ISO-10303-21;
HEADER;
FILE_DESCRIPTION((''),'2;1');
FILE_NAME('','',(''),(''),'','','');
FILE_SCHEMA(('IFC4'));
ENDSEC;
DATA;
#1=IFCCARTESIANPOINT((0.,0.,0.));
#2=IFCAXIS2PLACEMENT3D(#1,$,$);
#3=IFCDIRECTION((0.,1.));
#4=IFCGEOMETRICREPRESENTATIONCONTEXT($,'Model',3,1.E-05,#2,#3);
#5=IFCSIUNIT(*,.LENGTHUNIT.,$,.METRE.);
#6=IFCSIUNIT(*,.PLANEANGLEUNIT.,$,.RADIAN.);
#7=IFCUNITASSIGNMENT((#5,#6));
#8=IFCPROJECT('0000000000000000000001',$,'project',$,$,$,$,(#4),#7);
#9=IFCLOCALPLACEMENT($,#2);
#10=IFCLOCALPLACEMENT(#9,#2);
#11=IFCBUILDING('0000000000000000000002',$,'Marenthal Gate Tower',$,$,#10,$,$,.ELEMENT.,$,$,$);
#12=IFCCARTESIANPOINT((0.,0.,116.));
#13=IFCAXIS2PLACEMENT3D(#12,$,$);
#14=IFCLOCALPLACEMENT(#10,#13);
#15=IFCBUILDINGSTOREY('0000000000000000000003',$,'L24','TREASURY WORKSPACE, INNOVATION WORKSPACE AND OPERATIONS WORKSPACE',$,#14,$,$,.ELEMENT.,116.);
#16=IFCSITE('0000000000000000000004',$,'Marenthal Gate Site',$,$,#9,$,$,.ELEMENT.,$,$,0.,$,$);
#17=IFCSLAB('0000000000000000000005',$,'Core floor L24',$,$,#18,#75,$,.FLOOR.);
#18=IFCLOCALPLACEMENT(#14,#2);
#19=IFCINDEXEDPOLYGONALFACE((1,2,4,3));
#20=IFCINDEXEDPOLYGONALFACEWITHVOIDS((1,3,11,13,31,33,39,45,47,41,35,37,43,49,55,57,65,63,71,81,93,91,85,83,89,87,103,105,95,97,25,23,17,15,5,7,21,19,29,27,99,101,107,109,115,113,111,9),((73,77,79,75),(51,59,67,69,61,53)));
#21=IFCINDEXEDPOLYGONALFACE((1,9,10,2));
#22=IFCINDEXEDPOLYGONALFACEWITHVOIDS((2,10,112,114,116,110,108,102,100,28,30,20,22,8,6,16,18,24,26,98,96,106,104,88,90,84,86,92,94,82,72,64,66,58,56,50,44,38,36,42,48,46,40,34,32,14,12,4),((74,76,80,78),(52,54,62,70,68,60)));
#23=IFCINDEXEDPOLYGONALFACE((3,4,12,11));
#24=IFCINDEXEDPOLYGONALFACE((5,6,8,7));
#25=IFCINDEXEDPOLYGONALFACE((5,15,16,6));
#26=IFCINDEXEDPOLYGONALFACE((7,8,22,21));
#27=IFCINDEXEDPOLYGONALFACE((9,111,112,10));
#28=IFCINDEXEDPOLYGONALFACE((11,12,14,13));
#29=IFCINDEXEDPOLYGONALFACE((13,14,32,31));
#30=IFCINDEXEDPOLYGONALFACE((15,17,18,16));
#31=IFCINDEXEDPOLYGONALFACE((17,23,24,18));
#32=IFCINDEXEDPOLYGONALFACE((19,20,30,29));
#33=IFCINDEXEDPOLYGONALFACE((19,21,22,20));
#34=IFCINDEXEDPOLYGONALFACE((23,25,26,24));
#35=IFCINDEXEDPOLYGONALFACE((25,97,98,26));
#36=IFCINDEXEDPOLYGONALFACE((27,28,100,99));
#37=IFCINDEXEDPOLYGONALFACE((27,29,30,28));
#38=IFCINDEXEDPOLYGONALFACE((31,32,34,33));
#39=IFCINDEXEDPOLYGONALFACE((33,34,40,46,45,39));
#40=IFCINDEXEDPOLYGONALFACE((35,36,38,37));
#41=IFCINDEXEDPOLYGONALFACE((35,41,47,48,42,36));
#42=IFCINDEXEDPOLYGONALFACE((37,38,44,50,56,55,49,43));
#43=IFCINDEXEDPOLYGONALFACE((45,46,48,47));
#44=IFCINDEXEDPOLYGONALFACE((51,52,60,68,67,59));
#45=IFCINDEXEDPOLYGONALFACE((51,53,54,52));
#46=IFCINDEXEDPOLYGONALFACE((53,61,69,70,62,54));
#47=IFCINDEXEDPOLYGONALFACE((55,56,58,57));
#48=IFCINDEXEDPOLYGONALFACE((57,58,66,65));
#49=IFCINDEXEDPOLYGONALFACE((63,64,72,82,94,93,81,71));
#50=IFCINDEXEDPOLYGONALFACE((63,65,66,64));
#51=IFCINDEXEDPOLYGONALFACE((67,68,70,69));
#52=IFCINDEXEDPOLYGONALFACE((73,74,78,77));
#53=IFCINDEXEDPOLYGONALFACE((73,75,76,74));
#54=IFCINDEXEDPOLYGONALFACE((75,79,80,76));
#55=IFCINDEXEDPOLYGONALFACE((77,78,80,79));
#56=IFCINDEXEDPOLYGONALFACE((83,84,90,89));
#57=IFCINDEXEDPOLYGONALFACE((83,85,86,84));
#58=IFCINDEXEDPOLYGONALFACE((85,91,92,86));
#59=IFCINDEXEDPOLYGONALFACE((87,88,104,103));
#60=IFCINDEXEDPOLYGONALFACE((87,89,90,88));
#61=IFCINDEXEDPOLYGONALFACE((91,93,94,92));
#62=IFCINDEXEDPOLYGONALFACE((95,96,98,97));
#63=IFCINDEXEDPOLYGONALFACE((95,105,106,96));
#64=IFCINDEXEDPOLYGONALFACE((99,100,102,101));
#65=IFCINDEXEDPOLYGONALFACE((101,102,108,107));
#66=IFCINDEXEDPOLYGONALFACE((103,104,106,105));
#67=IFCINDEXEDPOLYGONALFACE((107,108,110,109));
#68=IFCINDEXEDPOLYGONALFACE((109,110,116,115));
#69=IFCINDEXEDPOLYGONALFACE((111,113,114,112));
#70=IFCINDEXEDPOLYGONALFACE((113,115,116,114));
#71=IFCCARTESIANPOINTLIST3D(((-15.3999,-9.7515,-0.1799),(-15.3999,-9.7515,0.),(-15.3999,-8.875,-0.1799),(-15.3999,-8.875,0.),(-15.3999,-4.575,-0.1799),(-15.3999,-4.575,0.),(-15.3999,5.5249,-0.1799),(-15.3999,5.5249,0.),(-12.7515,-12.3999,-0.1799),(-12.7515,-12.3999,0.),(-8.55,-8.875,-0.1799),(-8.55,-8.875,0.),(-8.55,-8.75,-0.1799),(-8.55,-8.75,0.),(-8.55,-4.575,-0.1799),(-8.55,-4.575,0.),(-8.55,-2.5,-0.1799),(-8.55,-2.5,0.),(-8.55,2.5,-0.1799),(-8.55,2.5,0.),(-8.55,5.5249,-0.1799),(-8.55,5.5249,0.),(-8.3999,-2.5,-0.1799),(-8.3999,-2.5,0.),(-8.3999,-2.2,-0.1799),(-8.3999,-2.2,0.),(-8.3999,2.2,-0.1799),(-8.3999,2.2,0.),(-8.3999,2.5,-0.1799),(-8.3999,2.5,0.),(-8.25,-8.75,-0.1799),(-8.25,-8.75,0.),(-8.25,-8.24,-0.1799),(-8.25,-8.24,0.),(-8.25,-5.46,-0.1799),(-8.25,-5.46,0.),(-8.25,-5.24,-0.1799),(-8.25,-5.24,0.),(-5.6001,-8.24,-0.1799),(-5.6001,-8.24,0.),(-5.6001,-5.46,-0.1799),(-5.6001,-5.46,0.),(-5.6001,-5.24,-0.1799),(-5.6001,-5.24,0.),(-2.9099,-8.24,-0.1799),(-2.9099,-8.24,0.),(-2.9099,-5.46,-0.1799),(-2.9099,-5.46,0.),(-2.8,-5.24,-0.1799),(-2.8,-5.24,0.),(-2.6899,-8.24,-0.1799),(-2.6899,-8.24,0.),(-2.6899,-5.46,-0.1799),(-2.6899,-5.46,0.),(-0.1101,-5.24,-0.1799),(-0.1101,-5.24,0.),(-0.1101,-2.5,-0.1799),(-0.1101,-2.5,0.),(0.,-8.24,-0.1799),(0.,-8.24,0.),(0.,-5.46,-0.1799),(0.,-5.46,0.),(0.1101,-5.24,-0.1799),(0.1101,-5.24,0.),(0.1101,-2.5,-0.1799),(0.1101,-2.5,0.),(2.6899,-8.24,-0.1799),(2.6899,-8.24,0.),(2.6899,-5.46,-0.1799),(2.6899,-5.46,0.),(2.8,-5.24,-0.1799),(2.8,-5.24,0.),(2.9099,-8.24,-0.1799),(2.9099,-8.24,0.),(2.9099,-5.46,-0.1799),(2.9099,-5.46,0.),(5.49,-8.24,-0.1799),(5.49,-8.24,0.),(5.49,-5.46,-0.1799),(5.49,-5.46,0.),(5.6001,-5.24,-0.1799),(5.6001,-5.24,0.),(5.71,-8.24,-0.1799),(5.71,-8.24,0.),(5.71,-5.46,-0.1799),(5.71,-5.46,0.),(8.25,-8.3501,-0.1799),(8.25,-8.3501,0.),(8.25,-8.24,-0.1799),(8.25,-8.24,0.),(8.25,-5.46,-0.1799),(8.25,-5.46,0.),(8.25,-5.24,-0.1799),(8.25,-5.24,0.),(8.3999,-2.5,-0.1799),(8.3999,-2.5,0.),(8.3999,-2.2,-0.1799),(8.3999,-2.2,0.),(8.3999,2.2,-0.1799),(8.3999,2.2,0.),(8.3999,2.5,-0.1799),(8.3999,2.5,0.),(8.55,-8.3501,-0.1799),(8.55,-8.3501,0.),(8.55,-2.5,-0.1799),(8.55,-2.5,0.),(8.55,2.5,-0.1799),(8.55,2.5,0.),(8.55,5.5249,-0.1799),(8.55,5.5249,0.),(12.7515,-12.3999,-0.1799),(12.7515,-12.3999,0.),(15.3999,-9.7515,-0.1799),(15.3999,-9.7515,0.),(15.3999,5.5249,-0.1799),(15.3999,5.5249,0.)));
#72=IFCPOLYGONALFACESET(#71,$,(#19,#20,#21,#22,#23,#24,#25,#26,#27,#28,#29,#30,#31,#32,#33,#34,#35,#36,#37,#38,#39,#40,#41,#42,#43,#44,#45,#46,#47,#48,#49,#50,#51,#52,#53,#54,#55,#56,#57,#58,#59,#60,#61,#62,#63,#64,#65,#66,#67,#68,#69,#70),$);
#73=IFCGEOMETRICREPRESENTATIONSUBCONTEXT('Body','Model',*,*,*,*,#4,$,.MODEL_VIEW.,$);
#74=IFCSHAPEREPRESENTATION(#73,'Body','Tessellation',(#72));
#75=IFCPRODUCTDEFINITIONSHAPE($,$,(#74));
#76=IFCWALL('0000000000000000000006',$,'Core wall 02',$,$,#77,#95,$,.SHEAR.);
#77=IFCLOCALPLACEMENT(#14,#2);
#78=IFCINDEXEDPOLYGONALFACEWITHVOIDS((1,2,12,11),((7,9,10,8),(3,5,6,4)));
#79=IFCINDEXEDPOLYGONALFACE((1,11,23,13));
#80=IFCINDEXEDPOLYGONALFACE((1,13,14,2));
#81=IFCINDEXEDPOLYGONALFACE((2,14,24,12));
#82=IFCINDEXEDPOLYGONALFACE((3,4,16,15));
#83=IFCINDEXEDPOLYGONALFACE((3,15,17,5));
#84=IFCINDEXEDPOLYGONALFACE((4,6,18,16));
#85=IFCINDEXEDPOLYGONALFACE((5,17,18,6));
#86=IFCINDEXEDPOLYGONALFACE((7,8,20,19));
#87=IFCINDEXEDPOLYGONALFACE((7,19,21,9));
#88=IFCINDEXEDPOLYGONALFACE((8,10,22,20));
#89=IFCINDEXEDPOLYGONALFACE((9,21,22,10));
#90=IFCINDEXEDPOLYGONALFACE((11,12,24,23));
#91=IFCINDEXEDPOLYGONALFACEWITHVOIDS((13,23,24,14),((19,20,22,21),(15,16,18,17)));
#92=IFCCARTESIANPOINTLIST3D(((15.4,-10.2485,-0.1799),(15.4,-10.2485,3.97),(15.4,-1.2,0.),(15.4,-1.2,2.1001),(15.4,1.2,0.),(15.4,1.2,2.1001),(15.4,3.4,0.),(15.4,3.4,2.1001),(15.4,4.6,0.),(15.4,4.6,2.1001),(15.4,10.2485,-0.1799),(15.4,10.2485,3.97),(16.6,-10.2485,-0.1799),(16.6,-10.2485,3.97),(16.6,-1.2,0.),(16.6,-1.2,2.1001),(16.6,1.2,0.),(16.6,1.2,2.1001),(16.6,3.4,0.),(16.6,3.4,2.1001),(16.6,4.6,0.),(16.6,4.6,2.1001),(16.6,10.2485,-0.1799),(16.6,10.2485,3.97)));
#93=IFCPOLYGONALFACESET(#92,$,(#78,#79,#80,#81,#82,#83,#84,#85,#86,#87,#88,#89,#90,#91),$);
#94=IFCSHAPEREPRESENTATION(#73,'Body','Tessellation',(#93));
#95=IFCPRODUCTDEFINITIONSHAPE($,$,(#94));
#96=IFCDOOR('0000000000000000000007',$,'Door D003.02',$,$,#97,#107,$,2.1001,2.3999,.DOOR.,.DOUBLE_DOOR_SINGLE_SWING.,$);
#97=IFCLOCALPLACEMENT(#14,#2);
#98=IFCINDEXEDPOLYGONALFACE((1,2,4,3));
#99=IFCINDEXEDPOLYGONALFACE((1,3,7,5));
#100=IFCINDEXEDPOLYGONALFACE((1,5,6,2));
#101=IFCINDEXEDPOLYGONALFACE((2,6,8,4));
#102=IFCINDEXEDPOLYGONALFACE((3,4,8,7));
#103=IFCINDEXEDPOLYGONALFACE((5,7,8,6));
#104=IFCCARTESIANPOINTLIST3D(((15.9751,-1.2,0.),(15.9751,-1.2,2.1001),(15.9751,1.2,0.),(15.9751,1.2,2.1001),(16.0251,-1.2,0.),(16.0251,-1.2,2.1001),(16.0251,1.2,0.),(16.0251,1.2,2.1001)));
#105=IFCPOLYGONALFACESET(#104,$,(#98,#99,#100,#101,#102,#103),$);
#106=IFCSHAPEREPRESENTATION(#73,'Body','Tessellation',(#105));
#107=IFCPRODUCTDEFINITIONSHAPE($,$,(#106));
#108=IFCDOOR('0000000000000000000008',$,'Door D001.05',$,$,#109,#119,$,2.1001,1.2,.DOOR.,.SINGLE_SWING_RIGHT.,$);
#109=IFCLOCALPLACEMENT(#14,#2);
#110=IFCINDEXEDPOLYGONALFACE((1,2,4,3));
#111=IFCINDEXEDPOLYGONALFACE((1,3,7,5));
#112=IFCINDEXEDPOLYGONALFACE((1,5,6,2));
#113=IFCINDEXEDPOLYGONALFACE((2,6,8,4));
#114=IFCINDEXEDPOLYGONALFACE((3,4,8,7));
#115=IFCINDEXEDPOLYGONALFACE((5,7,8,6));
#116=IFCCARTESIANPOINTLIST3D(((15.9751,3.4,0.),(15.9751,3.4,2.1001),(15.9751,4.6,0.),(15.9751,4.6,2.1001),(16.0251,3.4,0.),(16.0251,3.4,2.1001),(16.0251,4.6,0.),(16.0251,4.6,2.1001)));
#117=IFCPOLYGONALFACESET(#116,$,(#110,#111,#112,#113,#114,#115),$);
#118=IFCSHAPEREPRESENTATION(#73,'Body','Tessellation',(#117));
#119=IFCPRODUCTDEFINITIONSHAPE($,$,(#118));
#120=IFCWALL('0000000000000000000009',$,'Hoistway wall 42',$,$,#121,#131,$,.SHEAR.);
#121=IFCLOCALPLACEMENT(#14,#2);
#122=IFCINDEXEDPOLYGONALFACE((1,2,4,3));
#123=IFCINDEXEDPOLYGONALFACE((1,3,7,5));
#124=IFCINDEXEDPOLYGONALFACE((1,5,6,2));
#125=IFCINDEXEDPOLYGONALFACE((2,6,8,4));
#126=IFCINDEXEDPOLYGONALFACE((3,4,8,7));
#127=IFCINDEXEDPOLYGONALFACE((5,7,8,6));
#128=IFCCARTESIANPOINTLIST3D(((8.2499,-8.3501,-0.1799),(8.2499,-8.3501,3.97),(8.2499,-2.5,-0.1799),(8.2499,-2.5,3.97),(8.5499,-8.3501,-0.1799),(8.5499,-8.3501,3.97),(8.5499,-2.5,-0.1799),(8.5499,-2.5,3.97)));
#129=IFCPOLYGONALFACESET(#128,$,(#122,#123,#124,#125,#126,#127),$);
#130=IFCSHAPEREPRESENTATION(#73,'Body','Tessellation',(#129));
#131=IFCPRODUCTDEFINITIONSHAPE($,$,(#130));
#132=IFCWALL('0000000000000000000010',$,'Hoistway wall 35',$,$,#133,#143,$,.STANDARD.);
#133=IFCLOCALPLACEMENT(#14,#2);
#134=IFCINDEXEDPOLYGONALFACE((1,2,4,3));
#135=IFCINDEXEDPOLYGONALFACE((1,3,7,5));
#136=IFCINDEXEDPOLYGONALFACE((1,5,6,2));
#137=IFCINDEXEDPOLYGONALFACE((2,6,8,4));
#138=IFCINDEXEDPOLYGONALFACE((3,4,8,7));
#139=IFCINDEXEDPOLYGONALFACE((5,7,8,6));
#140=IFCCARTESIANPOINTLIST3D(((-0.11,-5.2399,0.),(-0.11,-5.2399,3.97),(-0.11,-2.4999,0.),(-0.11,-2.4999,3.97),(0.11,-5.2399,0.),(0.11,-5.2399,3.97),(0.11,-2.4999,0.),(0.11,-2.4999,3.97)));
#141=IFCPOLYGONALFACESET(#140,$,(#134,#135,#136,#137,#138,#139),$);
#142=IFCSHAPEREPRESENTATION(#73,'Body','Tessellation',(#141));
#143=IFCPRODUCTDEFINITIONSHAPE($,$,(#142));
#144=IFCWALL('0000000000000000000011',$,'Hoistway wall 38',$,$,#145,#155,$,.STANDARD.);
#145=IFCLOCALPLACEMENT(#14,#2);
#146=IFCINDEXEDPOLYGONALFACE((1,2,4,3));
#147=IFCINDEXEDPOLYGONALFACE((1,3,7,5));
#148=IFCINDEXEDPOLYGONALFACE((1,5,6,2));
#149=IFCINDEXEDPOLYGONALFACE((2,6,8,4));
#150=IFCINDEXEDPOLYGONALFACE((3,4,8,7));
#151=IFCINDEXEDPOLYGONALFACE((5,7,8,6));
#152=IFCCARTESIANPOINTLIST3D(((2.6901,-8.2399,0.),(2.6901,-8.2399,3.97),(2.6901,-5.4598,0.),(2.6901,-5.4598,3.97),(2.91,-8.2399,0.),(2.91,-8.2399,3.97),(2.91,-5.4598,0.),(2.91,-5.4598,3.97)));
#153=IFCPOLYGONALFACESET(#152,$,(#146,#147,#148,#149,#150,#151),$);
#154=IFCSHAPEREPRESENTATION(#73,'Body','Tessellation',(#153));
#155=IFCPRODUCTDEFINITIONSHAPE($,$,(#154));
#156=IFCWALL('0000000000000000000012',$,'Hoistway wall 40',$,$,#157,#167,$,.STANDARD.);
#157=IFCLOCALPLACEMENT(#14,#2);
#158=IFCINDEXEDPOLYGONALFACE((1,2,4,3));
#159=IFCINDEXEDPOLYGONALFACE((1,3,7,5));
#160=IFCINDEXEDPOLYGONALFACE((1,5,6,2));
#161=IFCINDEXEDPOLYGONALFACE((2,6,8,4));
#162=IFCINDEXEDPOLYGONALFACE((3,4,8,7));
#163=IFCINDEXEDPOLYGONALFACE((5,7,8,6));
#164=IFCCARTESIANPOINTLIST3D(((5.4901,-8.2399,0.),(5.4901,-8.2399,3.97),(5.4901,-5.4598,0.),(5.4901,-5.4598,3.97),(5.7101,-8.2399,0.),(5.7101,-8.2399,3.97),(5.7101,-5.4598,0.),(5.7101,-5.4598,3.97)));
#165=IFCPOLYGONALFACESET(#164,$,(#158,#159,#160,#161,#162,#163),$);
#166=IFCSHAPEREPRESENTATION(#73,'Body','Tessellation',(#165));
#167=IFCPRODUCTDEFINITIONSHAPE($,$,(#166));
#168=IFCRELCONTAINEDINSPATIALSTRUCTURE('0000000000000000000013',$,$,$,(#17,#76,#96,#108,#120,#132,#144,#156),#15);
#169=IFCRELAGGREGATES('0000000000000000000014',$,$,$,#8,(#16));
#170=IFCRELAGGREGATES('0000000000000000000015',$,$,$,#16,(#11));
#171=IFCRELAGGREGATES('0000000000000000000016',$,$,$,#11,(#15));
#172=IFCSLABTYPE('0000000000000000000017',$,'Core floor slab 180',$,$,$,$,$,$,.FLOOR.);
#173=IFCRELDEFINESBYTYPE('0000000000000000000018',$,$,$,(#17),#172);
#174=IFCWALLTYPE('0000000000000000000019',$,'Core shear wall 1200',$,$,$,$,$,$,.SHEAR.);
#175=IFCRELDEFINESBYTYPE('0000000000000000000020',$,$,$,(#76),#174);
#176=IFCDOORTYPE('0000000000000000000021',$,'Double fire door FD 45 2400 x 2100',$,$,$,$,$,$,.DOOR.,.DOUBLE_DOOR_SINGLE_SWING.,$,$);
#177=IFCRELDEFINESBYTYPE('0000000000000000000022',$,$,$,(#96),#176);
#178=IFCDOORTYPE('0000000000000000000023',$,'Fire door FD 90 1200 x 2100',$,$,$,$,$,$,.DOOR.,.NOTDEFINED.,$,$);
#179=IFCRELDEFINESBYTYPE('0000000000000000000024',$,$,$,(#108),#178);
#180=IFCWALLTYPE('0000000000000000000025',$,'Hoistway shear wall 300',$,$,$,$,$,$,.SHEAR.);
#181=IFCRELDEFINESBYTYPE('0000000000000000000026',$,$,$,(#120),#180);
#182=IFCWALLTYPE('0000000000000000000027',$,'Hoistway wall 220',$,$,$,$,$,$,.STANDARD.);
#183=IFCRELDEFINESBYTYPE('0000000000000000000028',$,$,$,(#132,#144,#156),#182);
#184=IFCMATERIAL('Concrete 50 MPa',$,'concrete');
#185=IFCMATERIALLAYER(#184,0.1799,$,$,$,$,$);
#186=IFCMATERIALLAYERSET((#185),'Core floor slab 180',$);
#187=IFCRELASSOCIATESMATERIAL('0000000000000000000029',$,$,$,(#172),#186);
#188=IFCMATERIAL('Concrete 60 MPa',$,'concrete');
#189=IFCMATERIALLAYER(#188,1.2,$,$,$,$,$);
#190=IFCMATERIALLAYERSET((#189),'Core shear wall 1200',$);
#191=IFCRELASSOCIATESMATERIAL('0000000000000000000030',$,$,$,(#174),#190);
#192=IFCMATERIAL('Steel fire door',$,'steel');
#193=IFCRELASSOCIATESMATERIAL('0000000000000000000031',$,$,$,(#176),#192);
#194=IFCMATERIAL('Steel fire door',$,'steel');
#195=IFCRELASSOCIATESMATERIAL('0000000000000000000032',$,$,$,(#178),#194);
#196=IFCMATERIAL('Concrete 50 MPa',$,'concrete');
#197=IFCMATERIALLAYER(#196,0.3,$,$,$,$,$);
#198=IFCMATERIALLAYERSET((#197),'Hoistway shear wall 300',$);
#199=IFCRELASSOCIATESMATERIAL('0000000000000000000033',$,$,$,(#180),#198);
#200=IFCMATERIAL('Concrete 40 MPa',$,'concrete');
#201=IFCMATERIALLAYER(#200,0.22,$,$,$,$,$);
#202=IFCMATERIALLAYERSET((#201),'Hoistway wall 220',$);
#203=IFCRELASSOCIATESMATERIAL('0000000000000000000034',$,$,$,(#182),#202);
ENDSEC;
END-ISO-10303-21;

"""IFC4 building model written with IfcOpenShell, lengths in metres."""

from ifc_helpers import new_model, si_unit, direction, frame, frame_2d, origin, place, context, subcontext, project, spatial, polyline, rectangle, outline, extrude, material, layer, layer_set, type_object, element, fill, save


model = new_model("IFC4")

# Units and contexts
model_context = context("Model", 3, precision=1e-05, world=origin(), true_north=direction((0.0, 1.0)))
body_context = subcontext(model_context, "Body", "Model", "MODEL_VIEW")
ifc_project = project(units=[si_unit("LENGTHUNIT", "METRE"), si_unit("PLANEANGLEUNIT", "RADIAN")], contexts=[model_context])

# Site, building, storey
site_placement = place(None, origin())
site = spatial("IfcSite", under=ifc_project, at=site_placement, Name="Marenthal Gate Site", CompositionType="ELEMENT", RefElevation=0.0)
building_placement = place(site_placement, origin())
building = spatial("IfcBuilding", under=site, at=building_placement, Name="Marenthal Gate Tower", CompositionType="ELEMENT")
storey_placement = place(building_placement, frame((0.0, 0.0, 116.0)))
storey = spatial("IfcBuildingStorey", under=building, at=storey_placement, Name="L24", Description="TREASURY WORKSPACE, INNOVATION WORKSPACE AND OPERATIONS WORKSPACE", CompositionType="ELEMENT", Elevation=116.0)

# Slab
ifc_material_1 = material(Name="Concrete 50 MPa", Category="concrete")
ifc_layer_1 = layer(ifc_material_1, 0.1799)
ifc_layer_set_1 = layer_set([ifc_layer_1], Name="Core floor slab 180")
slab_type_1 = type_object("IfcSlabType", Name="Core floor slab 180", PredefinedType="FLOOR", material=ifc_layer_set_1)
slab_1_placement = place(storey_placement, frame((0.0, 0.0, -0.1799)))
element("IfcSlab", 1, at=slab_1_placement, inside=storey, type_object=slab_type_1, Name="Core floor L24", PredefinedType="FLOOR", context=body_context, shape_type="SweptSolid", body=[
    extrude(outline(polyline([(15.3999, -9.7515), (12.7515, -12.3999), (-12.7515, -12.3999), (-15.3999, -9.7515), (-15.3999, -8.875), (-8.55, -8.875), (-8.55, -8.75), (-8.25, -8.75), (-8.25, -8.24), (-5.6001, -8.24), (-2.9099, -8.24), (-2.9099, -5.46), (-5.6001, -5.46), (-8.25, -5.46), (-8.25, -5.24), (-5.6001, -5.24), (-2.8, -5.24), (-0.1101, -5.24), (-0.1101, -2.5), (0.1101, -2.5), (0.1101, -5.24), (2.8, -5.24), (5.6001, -5.24), (8.25, -5.24), (8.25, -5.46), (5.71, -5.46), (5.71, -8.24), (8.25, -8.24), (8.25, -8.3501), (8.55, -8.3501), (8.55, -2.5), (8.3999, -2.5), (8.3999, -2.2), (-8.3999, -2.2), (-8.3999, -2.5), (-8.55, -2.5), (-8.55, -4.575), (-15.3999, -4.575), (-15.3999, 5.5249), (-8.55, 5.5249), (-8.55, 2.5), (-8.3999, 2.5), (-8.3999, 2.2), (8.3999, 2.2), (8.3999, 2.5), (8.55, 2.5), (8.55, 5.5249), (15.3999, 5.5249), (15.3999, -9.7515)]), holes=[polyline([(2.6899, -5.46), (0.0, -5.46), (-2.6899, -5.46), (-2.6899, -8.24), (0.0, -8.24), (2.6899, -8.24), (2.6899, -5.46)]), polyline([(5.49, -5.46), (2.9099, -5.46), (2.9099, -8.24), (5.49, -8.24), (5.49, -5.46)])]), origin(), (0.0, 0.0, 1.0), 0.1799),
])

# Wall, openings, doors
ifc_material_2 = material(Name="Concrete 60 MPa", Category="concrete")
ifc_layer_2 = layer(ifc_material_2, 1.2)
ifc_layer_set_2 = layer_set([ifc_layer_2], Name="Core shear wall 1200")
wall_type_1 = type_object("IfcWallType", Name="Core shear wall 1200", PredefinedType="SHEAR", material=ifc_layer_set_2)
wall_1_placement = place(storey_placement, frame((16.0, -10.2485, -0.1799), z_axis=(0.0, 0.0, 1.0), x_axis=(0.0, 1.0, 0.0)))
wall_1 = element("IfcWall", 2, at=wall_1_placement, inside=storey, type_object=wall_type_1, Name="Core wall 02", PredefinedType="SHEAR", context=body_context, shape_type="SweptSolid", body=[
    extrude(rectangle(XDim=20.4971, YDim=1.2, at=frame_2d((10.2485, 0.0))), origin(), (0.0, 0.0, 1.0), 4.1499),
])
opening_1_placement = place(wall_1_placement, frame((9.0486, 0.0, 0.1799)))
opening_1 = element("IfcOpeningElement", 3, at=opening_1_placement, cuts=wall_1, PredefinedType="OPENING", context=body_context, shape_type="SweptSolid", body=[
    extrude(rectangle(XDim=2.3999, YDim=2.1001, at=frame_2d((1.2, 1.05))), frame((0.0, 0.6099, 0.0), z_axis=(0.0, -1.0, 0.0), x_axis=(1.0, 0.0, 0.0)), (0.0, 0.0, 1.0), 1.22),
])
opening_2_placement = place(wall_1_placement, frame((13.6484, 0.0, 0.1799)))
opening_2 = element("IfcOpeningElement", 4, at=opening_2_placement, cuts=wall_1, PredefinedType="OPENING", context=body_context, shape_type="SweptSolid", body=[
    extrude(rectangle(XDim=1.2, YDim=2.1001, at=frame_2d((0.6001, 1.05))), frame((0.0, 0.6099, 0.0), z_axis=(0.0, -1.0, 0.0), x_axis=(1.0, 0.0, 0.0)), (0.0, 0.0, 1.0), 1.22),
])
ifc_material_3 = material(Name="Steel fire door", Category="steel")
door_type_1 = type_object("IfcDoorType", Name="Double fire door FD 45 2400 x 2100", OperationType="DOUBLE_DOOR_SINGLE_SWING", PredefinedType="DOOR", material=ifc_material_3)
door_1_placement = place(opening_1_placement, origin())
door_1 = element("IfcDoor", 5, at=door_1_placement, inside=storey, type_object=door_type_1, Name="Door D003.02", OperationType="DOUBLE_DOOR_SINGLE_SWING", OverallHeight=2.1001, OverallWidth=2.3999, PredefinedType="DOOR", context=body_context, shape_type="SweptSolid", body=[
    extrude(rectangle(XDim=2.3999, YDim=2.1001, at=frame_2d((1.2, 1.05))), frame((0.0, 0.0249, 0.0), z_axis=(0.0, -1.0, 0.0), x_axis=(1.0, 0.0, 0.0)), (0.0, 0.0, 1.0), 0.05),
])
fill(opening_1, door_1)
ifc_material_4 = material(Name="Steel fire door", Category="steel")
door_type_2 = type_object("IfcDoorType", Name="Fire door FD 90 1200 x 2100", OperationType="NOTDEFINED", PredefinedType="DOOR", material=ifc_material_4)
door_2_placement = place(opening_2_placement, origin())
door_2 = element("IfcDoor", 6, at=door_2_placement, inside=storey, type_object=door_type_2, Name="Door D001.05", OperationType="SINGLE_SWING_RIGHT", OverallHeight=2.1001, OverallWidth=1.2, PredefinedType="DOOR", context=body_context, shape_type="SweptSolid", body=[
    extrude(rectangle(XDim=1.2, YDim=2.1001, at=frame_2d((0.6001, 1.05))), frame((0.0, 0.0249, 0.0), z_axis=(0.0, -1.0, 0.0), x_axis=(1.0, 0.0, 0.0)), (0.0, 0.0, 1.0), 0.05),
])
fill(opening_2, door_2)

# Walls
ifc_material_5 = material(Name="Concrete 50 MPa", Category="concrete")
ifc_layer_3 = layer(ifc_material_5, 0.3)
ifc_layer_set_3 = layer_set([ifc_layer_3], Name="Hoistway shear wall 300")
wall_type_2 = type_object("IfcWallType", Name="Hoistway shear wall 300", PredefinedType="SHEAR", material=ifc_layer_set_3)
wall_2_placement = place(storey_placement, frame((8.3999, -8.3501, -0.1799), z_axis=(0.0, 0.0, 1.0), x_axis=(0.0, 1.0, 0.0)))
element("IfcWall", 7, at=wall_2_placement, inside=storey, type_object=wall_type_2, Name="Hoistway wall 42", PredefinedType="SHEAR", context=body_context, shape_type="SweptSolid", body=[
    extrude(rectangle(XDim=5.8501, YDim=0.3, at=frame_2d((2.925, 0.0))), origin(), (0.0, 0.0, 1.0), 4.1499),
])
ifc_material_6 = material(Name="Concrete 40 MPa", Category="concrete")
ifc_layer_4 = layer(ifc_material_6, 0.22)
ifc_layer_set_4 = layer_set([ifc_layer_4], Name="Hoistway wall 220")
wall_type_3 = type_object("IfcWallType", Name="Hoistway wall 220", PredefinedType="STANDARD", material=ifc_layer_set_4)
wall_3_placement = place(storey_placement, frame((0.0, -5.24, 0.0), z_axis=(0.0, 0.0, 1.0), x_axis=(0.0, 1.0, 0.0)))
element("IfcWall", 8, at=wall_3_placement, inside=storey, type_object=wall_type_3, Name="Hoistway wall 35", PredefinedType="STANDARD", context=body_context, shape_type="SweptSolid", body=[
    extrude(rectangle(XDim=2.74, YDim=0.22, at=frame_2d((1.3701, 0.0))), origin(), (0.0, 0.0, 1.0), 3.97),
])
for number, where, z_axis, x_axis, name in (
    (9, (2.8, -8.24, 0.0), (0.0, 0.0, 1.0), (0.0, 1.0, 0.0), "Hoistway wall 38"),
    (10, (5.6001, -8.24, 0.0), (0.0, 0.0, 1.0), (0.0, 1.0, 0.0), "Hoistway wall 40"),
):
    element("IfcWall", number, at=place(storey_placement, frame(where, z_axis=z_axis, x_axis=x_axis)), inside=storey, type_object=wall_type_3, Name=name, PredefinedType="STANDARD", context=body_context, shape_type="SweptSolid", body=[
        extrude(rectangle(XDim=2.78, YDim=0.22, at=frame_2d((1.3901, 0.0))), origin(), (0.0, 0.0, 1.0), 3.97),
    ])

save(model, "model.ifc")
